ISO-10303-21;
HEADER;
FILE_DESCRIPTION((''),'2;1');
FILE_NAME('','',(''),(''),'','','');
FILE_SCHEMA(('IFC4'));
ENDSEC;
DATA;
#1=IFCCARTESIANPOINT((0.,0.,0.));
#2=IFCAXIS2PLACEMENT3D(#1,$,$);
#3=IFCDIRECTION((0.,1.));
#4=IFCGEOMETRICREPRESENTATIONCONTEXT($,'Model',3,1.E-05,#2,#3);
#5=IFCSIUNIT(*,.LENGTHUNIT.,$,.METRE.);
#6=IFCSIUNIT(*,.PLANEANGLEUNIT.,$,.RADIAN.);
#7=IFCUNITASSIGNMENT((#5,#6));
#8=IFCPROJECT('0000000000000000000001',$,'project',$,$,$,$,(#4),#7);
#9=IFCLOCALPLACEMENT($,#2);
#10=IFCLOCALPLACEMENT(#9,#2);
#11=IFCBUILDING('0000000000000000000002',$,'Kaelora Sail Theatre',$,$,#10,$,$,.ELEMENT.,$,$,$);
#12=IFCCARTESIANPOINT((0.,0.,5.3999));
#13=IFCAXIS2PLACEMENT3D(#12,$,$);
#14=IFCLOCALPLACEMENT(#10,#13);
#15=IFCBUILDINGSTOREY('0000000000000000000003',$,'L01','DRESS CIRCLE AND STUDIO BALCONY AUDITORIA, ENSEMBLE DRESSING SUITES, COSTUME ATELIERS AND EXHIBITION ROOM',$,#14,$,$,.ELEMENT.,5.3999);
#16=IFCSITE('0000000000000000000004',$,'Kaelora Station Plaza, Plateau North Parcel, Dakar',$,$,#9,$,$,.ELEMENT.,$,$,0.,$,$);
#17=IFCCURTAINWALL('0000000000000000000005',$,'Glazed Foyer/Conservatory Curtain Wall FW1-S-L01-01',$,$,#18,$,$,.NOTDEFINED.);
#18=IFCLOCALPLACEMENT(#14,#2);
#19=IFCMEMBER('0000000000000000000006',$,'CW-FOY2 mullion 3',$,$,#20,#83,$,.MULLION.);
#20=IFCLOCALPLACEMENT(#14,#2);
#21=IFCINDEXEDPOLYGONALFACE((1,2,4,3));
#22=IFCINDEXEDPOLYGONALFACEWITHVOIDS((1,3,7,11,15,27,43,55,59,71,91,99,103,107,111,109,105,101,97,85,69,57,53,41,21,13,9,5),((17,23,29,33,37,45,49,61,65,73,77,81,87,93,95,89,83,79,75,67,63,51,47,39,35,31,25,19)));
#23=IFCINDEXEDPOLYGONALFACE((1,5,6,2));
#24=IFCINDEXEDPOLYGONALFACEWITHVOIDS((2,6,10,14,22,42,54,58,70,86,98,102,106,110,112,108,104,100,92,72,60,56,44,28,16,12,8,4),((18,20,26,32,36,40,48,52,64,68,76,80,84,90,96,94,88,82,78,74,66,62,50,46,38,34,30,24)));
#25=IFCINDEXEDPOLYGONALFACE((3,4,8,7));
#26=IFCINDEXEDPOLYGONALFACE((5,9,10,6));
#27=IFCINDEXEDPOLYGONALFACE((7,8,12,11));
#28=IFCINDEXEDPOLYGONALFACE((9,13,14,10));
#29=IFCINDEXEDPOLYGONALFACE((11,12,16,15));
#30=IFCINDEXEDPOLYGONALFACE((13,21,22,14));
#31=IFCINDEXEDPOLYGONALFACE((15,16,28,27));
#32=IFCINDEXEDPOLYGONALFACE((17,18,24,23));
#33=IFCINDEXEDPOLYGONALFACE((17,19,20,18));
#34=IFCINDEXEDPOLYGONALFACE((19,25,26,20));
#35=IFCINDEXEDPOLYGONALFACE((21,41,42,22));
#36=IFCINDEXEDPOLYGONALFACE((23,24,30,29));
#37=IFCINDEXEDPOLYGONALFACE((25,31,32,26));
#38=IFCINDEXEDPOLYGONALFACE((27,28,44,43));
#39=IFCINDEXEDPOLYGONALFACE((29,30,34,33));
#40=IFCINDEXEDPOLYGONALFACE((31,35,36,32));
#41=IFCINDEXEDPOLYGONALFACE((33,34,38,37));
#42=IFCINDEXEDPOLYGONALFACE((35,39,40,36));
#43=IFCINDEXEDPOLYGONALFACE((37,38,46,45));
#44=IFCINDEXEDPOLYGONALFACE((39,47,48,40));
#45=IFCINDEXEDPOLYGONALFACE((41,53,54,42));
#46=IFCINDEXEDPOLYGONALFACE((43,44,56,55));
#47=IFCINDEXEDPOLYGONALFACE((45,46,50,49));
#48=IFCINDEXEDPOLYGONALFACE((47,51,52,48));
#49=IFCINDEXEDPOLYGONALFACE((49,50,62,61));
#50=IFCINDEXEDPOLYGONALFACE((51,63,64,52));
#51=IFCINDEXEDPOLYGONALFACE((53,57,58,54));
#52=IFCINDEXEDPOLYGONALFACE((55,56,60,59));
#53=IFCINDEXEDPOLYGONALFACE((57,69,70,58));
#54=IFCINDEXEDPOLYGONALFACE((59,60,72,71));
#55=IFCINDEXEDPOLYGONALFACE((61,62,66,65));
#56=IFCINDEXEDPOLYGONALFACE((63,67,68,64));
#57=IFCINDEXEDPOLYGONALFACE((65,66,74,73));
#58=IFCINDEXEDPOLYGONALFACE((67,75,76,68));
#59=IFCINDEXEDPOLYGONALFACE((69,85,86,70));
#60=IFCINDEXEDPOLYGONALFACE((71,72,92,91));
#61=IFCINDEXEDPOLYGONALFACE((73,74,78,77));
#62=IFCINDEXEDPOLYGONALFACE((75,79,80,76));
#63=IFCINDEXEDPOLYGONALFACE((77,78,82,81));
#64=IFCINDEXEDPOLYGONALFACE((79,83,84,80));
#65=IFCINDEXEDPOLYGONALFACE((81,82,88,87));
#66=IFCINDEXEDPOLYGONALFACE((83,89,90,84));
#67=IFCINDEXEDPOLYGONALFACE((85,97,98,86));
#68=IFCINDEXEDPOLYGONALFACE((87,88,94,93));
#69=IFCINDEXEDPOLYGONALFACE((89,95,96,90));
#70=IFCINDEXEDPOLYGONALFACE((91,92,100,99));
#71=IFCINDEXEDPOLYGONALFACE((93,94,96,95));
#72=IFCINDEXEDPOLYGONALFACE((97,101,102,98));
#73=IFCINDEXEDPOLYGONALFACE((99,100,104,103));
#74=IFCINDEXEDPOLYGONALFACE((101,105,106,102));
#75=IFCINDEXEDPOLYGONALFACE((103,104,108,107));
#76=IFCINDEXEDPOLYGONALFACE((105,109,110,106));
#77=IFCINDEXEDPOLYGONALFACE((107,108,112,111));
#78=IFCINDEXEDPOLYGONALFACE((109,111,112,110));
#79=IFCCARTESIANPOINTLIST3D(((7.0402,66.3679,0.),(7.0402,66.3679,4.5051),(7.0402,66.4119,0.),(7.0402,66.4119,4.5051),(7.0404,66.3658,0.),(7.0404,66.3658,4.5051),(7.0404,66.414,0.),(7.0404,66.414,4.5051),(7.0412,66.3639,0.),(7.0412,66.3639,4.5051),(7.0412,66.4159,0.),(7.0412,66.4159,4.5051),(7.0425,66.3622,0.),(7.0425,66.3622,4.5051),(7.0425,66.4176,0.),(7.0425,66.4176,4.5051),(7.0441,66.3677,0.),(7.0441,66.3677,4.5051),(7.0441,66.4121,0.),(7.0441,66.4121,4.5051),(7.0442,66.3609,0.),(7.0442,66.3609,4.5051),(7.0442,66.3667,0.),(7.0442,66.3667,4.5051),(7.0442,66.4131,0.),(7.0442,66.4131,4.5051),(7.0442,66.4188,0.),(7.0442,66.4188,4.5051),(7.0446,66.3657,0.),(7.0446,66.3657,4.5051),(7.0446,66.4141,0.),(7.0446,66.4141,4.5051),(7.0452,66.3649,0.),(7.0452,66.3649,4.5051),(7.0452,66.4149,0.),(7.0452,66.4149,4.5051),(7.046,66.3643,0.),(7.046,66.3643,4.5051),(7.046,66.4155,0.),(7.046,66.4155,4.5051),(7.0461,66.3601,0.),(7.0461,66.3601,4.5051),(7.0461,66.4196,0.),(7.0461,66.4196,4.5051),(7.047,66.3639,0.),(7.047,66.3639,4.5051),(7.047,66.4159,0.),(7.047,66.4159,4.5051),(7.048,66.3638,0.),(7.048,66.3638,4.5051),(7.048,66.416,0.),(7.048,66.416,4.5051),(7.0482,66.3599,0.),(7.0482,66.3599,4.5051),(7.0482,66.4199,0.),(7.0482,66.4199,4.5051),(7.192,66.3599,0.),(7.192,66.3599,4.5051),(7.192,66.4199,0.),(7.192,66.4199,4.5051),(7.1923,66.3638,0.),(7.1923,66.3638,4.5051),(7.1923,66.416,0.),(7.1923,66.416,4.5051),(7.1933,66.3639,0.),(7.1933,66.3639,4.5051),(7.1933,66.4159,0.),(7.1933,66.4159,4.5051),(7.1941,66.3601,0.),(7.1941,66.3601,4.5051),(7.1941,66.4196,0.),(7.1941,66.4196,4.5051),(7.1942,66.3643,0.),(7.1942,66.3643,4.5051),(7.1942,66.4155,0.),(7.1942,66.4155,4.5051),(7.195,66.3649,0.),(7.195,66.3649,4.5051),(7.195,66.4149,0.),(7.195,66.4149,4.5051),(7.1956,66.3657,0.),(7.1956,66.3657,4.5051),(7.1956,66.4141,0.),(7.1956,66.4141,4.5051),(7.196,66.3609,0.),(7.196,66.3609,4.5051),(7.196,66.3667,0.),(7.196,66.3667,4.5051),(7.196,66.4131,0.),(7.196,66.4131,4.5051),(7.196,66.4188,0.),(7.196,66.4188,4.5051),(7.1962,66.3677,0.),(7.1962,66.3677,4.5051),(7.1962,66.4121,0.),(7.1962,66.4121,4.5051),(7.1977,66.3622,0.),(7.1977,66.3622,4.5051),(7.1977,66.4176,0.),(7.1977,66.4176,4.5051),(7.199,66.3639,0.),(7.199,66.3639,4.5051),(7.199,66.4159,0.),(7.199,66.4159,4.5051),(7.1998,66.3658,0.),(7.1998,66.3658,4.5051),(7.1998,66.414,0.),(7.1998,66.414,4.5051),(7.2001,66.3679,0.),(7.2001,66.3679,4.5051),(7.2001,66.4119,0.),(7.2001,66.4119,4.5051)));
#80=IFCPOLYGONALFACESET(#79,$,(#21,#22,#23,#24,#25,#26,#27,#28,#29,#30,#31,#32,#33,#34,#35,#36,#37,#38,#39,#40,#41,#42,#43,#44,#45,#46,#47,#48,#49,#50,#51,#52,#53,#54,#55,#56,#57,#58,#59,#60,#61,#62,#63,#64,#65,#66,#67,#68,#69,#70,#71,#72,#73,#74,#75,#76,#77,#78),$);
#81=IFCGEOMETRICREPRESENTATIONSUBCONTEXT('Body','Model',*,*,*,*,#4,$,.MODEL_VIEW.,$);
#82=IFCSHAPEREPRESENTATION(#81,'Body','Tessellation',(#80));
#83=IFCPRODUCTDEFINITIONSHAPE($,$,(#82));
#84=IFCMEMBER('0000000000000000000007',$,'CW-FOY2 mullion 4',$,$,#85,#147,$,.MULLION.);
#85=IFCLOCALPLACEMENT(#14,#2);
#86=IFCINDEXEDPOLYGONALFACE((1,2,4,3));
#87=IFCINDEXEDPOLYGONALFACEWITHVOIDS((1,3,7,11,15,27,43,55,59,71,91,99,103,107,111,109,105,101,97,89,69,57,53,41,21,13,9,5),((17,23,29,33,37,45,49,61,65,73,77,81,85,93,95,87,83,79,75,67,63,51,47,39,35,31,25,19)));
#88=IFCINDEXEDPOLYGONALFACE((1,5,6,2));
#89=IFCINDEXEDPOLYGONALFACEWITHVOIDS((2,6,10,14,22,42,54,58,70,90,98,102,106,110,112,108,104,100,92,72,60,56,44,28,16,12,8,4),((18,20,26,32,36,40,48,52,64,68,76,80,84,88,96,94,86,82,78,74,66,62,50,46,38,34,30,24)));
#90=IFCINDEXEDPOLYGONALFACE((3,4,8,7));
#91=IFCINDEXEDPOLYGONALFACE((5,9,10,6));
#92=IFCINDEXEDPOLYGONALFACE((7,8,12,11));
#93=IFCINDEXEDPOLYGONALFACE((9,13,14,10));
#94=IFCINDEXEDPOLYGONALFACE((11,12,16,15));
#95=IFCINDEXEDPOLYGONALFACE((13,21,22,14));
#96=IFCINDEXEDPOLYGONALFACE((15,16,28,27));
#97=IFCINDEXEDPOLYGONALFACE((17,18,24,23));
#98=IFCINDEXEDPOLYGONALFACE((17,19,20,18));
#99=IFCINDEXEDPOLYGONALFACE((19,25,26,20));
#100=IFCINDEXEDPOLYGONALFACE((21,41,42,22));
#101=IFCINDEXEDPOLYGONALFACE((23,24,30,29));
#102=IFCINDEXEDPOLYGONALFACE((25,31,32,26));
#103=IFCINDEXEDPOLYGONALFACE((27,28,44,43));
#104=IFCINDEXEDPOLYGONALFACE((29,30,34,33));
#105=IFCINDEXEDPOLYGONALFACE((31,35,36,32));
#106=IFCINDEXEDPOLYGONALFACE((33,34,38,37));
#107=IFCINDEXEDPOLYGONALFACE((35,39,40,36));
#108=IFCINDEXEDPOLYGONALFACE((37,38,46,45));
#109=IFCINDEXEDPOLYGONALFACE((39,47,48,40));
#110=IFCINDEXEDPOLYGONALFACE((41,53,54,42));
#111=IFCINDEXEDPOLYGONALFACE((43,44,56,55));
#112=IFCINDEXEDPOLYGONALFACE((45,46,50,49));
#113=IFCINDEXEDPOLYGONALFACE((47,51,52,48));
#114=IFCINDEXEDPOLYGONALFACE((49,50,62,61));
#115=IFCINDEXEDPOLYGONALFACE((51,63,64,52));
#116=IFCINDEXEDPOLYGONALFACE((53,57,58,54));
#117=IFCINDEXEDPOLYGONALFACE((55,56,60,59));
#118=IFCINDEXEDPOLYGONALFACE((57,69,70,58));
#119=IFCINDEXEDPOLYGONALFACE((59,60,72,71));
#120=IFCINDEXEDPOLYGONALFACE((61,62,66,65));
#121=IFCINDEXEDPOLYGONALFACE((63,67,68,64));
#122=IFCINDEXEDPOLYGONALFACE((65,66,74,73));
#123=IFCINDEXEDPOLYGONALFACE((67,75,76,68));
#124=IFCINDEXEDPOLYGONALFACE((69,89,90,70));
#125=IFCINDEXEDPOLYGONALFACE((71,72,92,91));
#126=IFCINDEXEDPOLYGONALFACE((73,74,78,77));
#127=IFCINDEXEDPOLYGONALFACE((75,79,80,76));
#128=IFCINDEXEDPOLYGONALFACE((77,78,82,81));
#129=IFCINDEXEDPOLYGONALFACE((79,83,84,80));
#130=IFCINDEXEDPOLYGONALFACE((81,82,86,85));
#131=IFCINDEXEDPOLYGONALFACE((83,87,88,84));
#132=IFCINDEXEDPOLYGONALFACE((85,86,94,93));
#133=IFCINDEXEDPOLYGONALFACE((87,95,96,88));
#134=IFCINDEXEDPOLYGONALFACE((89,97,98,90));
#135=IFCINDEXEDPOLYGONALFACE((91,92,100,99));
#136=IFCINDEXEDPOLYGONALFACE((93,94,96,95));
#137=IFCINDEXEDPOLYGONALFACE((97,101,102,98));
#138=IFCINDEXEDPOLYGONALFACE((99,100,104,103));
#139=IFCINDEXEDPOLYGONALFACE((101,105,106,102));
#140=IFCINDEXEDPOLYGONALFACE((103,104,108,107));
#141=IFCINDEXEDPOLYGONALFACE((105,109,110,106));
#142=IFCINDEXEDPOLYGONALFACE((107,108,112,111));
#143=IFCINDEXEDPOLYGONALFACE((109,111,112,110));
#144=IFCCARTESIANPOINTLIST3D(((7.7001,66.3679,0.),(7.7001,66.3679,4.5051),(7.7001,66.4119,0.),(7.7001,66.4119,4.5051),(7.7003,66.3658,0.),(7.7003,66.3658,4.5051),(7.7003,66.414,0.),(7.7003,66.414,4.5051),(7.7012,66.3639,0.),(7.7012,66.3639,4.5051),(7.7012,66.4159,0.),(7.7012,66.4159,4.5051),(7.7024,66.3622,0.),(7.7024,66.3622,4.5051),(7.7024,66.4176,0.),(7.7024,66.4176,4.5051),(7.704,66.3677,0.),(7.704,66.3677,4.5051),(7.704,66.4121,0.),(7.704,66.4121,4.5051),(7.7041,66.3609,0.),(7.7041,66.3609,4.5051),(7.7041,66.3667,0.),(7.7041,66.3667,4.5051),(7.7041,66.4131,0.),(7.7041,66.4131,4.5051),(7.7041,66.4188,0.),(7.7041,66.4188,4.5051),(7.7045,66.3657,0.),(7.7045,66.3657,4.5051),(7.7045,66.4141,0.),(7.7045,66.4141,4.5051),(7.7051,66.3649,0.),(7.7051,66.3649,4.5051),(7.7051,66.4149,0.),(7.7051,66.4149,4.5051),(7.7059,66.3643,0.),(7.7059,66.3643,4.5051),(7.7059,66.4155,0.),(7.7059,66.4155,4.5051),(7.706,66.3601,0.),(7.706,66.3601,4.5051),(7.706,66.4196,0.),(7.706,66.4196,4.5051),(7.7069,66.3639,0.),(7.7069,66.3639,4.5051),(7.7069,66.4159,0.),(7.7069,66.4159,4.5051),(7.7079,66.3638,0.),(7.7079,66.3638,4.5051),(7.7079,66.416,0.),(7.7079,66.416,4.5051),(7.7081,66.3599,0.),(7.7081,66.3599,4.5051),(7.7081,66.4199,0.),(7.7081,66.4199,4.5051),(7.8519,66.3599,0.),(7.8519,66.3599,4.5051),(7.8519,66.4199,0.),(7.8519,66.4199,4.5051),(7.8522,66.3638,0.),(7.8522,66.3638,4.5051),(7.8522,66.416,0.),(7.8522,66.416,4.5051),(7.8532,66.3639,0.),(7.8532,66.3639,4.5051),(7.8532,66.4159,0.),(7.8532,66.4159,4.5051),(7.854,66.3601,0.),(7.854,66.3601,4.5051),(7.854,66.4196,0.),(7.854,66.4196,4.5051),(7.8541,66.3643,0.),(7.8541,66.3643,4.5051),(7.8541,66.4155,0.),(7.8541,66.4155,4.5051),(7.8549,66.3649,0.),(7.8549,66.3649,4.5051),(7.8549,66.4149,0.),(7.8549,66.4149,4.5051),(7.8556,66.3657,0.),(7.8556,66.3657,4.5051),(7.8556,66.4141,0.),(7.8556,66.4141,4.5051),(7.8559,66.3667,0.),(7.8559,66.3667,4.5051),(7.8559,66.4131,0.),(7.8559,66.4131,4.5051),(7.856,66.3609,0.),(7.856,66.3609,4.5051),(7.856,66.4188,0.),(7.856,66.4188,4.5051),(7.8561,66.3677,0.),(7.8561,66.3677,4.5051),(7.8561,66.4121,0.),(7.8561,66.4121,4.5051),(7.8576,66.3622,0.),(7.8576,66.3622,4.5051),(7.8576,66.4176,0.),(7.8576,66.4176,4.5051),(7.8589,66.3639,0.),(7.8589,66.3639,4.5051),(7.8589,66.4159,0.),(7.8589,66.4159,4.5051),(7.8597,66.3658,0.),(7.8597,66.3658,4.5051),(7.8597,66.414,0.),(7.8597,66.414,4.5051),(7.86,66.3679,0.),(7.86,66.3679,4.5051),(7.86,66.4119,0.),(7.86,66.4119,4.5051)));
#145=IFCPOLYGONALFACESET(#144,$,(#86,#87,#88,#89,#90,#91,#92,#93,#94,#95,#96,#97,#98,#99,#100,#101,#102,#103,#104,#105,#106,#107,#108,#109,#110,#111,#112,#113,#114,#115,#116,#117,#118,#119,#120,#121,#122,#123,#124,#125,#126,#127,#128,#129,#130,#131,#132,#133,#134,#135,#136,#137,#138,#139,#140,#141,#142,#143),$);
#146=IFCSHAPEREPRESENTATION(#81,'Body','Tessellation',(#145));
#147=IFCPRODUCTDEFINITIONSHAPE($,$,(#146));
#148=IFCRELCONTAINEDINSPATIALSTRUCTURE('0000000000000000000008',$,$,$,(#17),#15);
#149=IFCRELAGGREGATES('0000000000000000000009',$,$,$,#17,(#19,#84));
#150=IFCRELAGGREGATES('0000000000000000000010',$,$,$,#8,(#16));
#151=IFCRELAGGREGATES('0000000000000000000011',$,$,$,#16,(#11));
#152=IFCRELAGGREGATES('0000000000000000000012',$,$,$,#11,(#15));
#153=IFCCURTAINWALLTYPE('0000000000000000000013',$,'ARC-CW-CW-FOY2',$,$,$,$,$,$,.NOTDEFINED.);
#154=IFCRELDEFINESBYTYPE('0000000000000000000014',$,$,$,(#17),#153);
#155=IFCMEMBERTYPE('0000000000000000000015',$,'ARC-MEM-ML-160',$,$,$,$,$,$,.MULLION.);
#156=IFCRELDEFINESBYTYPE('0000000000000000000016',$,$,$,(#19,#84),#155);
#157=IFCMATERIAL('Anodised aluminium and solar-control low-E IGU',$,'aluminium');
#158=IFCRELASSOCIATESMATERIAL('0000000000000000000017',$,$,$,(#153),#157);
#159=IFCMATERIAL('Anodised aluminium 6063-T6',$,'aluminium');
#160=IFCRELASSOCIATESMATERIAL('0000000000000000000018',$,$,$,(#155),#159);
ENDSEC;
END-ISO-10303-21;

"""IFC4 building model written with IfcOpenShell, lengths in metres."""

from ifc_helpers import new_model, si_unit, direction, frame, origin, origin_2d, place, context, subcontext, project, spatial, hollow_rectangle, extrude, material, material_profile, profile_set, type_object, element, aggregate, save


model = new_model("IFC4")

# Units and contexts
model_context = context("Model", 3, precision=1e-05, world=origin(), true_north=direction((0.0, 1.0)))
body_context = subcontext(model_context, "Body", "Model", "MODEL_VIEW")
ifc_project = project(units=[si_unit("LENGTHUNIT", "METRE"), si_unit("PLANEANGLEUNIT", "RADIAN")], contexts=[model_context])

# Site, building, storey
site_placement = place(None, origin())
site = spatial("IfcSite", under=ifc_project, at=site_placement, Name="Kaelora Station Plaza, Plateau North Parcel, Dakar", CompositionType="ELEMENT", RefElevation=0.0)
building_placement = place(site_placement, origin())
building = spatial("IfcBuilding", under=site, at=building_placement, Name="Kaelora Sail Theatre", CompositionType="ELEMENT")
storey_placement = place(building_placement, frame((0.0, 0.0, 5.3999)))
storey = spatial("IfcBuildingStorey", under=building, at=storey_placement, Name="L01", Description="DRESS CIRCLE AND STUDIO BALCONY AUDITORIA, ENSEMBLE DRESSING SUITES, COSTUME ATELIERS AND EXHIBITION ROOM", CompositionType="ELEMENT", Elevation=5.3999)

# Curtain wall, members
ifc_material_1 = material(Name="Anodised aluminium and solar-control low-E IGU", Category="aluminium")
curtain_wall_type = type_object("IfcCurtainWallType", Name="ARC-CW-CW-FOY2", PredefinedType="NOTDEFINED", material=ifc_material_1)
curtain_wall_placement = place(storey_placement, origin())
curtain_wall = element("IfcCurtainWall", 1, at=curtain_wall_placement, inside=storey, type_object=curtain_wall_type, Name="Glazed Foyer/Conservatory Curtain Wall FW1-S-L01-01", PredefinedType="NOTDEFINED")
ifc_material_2 = material(Name="Anodised aluminium 6063-T6", Category="aluminium")
ifc_material_profile_1 = material_profile(ifc_material_2, hollow_rectangle(XDim=0.0601, YDim=0.1599, WallThickness=0.0039, InnerFilletRadius=0.0039, OuterFilletRadius=0.0081, at=origin_2d()), Name="ALU-MULL 60x160x4")
ifc_profile_set_1 = profile_set([ifc_material_profile_1], Name="Anodised aluminium 6063-T6")
member_type_1 = type_object("IfcMemberType", Name="ARC-MEM-ML-160", PredefinedType="MULLION", material=ifc_profile_set_1)
member_1_placement = place(storey_placement, frame((7.1201, 66.3899, 0.0), z_axis=(0.0, 0.0, 1.0), x_axis=(0.0, 1.0, 0.0)))
member_1 = element("IfcMember", 2, at=member_1_placement, type_object=member_type_1, Name="CW-FOY2 mullion 3", PredefinedType="MULLION", context=body_context, shape_type="SweptSolid", body=[
    extrude(hollow_rectangle(XDim=0.0601, YDim=0.1599, WallThickness=0.0039, InnerFilletRadius=0.0039, OuterFilletRadius=0.0081, at=origin_2d()), origin(), (0.0, 0.0, 1.0), 4.5051),
])
member_2_placement = place(storey_placement, frame((7.78, 66.3899, 0.0), z_axis=(0.0, 0.0, 1.0), x_axis=(0.0, 1.0, 0.0)))
member_2 = element("IfcMember", 3, at=member_2_placement, type_object=member_type_1, Name="CW-FOY2 mullion 4", PredefinedType="MULLION", context=body_context, shape_type="SweptSolid", body=[
    extrude(hollow_rectangle(XDim=0.0601, YDim=0.1599, WallThickness=0.0039, InnerFilletRadius=0.0039, OuterFilletRadius=0.0081, at=origin_2d()), origin(), (0.0, 0.0, 1.0), 4.5051),
])
aggregate(curtain_wall, [member_1, member_2])

save(model, "model.ifc")
